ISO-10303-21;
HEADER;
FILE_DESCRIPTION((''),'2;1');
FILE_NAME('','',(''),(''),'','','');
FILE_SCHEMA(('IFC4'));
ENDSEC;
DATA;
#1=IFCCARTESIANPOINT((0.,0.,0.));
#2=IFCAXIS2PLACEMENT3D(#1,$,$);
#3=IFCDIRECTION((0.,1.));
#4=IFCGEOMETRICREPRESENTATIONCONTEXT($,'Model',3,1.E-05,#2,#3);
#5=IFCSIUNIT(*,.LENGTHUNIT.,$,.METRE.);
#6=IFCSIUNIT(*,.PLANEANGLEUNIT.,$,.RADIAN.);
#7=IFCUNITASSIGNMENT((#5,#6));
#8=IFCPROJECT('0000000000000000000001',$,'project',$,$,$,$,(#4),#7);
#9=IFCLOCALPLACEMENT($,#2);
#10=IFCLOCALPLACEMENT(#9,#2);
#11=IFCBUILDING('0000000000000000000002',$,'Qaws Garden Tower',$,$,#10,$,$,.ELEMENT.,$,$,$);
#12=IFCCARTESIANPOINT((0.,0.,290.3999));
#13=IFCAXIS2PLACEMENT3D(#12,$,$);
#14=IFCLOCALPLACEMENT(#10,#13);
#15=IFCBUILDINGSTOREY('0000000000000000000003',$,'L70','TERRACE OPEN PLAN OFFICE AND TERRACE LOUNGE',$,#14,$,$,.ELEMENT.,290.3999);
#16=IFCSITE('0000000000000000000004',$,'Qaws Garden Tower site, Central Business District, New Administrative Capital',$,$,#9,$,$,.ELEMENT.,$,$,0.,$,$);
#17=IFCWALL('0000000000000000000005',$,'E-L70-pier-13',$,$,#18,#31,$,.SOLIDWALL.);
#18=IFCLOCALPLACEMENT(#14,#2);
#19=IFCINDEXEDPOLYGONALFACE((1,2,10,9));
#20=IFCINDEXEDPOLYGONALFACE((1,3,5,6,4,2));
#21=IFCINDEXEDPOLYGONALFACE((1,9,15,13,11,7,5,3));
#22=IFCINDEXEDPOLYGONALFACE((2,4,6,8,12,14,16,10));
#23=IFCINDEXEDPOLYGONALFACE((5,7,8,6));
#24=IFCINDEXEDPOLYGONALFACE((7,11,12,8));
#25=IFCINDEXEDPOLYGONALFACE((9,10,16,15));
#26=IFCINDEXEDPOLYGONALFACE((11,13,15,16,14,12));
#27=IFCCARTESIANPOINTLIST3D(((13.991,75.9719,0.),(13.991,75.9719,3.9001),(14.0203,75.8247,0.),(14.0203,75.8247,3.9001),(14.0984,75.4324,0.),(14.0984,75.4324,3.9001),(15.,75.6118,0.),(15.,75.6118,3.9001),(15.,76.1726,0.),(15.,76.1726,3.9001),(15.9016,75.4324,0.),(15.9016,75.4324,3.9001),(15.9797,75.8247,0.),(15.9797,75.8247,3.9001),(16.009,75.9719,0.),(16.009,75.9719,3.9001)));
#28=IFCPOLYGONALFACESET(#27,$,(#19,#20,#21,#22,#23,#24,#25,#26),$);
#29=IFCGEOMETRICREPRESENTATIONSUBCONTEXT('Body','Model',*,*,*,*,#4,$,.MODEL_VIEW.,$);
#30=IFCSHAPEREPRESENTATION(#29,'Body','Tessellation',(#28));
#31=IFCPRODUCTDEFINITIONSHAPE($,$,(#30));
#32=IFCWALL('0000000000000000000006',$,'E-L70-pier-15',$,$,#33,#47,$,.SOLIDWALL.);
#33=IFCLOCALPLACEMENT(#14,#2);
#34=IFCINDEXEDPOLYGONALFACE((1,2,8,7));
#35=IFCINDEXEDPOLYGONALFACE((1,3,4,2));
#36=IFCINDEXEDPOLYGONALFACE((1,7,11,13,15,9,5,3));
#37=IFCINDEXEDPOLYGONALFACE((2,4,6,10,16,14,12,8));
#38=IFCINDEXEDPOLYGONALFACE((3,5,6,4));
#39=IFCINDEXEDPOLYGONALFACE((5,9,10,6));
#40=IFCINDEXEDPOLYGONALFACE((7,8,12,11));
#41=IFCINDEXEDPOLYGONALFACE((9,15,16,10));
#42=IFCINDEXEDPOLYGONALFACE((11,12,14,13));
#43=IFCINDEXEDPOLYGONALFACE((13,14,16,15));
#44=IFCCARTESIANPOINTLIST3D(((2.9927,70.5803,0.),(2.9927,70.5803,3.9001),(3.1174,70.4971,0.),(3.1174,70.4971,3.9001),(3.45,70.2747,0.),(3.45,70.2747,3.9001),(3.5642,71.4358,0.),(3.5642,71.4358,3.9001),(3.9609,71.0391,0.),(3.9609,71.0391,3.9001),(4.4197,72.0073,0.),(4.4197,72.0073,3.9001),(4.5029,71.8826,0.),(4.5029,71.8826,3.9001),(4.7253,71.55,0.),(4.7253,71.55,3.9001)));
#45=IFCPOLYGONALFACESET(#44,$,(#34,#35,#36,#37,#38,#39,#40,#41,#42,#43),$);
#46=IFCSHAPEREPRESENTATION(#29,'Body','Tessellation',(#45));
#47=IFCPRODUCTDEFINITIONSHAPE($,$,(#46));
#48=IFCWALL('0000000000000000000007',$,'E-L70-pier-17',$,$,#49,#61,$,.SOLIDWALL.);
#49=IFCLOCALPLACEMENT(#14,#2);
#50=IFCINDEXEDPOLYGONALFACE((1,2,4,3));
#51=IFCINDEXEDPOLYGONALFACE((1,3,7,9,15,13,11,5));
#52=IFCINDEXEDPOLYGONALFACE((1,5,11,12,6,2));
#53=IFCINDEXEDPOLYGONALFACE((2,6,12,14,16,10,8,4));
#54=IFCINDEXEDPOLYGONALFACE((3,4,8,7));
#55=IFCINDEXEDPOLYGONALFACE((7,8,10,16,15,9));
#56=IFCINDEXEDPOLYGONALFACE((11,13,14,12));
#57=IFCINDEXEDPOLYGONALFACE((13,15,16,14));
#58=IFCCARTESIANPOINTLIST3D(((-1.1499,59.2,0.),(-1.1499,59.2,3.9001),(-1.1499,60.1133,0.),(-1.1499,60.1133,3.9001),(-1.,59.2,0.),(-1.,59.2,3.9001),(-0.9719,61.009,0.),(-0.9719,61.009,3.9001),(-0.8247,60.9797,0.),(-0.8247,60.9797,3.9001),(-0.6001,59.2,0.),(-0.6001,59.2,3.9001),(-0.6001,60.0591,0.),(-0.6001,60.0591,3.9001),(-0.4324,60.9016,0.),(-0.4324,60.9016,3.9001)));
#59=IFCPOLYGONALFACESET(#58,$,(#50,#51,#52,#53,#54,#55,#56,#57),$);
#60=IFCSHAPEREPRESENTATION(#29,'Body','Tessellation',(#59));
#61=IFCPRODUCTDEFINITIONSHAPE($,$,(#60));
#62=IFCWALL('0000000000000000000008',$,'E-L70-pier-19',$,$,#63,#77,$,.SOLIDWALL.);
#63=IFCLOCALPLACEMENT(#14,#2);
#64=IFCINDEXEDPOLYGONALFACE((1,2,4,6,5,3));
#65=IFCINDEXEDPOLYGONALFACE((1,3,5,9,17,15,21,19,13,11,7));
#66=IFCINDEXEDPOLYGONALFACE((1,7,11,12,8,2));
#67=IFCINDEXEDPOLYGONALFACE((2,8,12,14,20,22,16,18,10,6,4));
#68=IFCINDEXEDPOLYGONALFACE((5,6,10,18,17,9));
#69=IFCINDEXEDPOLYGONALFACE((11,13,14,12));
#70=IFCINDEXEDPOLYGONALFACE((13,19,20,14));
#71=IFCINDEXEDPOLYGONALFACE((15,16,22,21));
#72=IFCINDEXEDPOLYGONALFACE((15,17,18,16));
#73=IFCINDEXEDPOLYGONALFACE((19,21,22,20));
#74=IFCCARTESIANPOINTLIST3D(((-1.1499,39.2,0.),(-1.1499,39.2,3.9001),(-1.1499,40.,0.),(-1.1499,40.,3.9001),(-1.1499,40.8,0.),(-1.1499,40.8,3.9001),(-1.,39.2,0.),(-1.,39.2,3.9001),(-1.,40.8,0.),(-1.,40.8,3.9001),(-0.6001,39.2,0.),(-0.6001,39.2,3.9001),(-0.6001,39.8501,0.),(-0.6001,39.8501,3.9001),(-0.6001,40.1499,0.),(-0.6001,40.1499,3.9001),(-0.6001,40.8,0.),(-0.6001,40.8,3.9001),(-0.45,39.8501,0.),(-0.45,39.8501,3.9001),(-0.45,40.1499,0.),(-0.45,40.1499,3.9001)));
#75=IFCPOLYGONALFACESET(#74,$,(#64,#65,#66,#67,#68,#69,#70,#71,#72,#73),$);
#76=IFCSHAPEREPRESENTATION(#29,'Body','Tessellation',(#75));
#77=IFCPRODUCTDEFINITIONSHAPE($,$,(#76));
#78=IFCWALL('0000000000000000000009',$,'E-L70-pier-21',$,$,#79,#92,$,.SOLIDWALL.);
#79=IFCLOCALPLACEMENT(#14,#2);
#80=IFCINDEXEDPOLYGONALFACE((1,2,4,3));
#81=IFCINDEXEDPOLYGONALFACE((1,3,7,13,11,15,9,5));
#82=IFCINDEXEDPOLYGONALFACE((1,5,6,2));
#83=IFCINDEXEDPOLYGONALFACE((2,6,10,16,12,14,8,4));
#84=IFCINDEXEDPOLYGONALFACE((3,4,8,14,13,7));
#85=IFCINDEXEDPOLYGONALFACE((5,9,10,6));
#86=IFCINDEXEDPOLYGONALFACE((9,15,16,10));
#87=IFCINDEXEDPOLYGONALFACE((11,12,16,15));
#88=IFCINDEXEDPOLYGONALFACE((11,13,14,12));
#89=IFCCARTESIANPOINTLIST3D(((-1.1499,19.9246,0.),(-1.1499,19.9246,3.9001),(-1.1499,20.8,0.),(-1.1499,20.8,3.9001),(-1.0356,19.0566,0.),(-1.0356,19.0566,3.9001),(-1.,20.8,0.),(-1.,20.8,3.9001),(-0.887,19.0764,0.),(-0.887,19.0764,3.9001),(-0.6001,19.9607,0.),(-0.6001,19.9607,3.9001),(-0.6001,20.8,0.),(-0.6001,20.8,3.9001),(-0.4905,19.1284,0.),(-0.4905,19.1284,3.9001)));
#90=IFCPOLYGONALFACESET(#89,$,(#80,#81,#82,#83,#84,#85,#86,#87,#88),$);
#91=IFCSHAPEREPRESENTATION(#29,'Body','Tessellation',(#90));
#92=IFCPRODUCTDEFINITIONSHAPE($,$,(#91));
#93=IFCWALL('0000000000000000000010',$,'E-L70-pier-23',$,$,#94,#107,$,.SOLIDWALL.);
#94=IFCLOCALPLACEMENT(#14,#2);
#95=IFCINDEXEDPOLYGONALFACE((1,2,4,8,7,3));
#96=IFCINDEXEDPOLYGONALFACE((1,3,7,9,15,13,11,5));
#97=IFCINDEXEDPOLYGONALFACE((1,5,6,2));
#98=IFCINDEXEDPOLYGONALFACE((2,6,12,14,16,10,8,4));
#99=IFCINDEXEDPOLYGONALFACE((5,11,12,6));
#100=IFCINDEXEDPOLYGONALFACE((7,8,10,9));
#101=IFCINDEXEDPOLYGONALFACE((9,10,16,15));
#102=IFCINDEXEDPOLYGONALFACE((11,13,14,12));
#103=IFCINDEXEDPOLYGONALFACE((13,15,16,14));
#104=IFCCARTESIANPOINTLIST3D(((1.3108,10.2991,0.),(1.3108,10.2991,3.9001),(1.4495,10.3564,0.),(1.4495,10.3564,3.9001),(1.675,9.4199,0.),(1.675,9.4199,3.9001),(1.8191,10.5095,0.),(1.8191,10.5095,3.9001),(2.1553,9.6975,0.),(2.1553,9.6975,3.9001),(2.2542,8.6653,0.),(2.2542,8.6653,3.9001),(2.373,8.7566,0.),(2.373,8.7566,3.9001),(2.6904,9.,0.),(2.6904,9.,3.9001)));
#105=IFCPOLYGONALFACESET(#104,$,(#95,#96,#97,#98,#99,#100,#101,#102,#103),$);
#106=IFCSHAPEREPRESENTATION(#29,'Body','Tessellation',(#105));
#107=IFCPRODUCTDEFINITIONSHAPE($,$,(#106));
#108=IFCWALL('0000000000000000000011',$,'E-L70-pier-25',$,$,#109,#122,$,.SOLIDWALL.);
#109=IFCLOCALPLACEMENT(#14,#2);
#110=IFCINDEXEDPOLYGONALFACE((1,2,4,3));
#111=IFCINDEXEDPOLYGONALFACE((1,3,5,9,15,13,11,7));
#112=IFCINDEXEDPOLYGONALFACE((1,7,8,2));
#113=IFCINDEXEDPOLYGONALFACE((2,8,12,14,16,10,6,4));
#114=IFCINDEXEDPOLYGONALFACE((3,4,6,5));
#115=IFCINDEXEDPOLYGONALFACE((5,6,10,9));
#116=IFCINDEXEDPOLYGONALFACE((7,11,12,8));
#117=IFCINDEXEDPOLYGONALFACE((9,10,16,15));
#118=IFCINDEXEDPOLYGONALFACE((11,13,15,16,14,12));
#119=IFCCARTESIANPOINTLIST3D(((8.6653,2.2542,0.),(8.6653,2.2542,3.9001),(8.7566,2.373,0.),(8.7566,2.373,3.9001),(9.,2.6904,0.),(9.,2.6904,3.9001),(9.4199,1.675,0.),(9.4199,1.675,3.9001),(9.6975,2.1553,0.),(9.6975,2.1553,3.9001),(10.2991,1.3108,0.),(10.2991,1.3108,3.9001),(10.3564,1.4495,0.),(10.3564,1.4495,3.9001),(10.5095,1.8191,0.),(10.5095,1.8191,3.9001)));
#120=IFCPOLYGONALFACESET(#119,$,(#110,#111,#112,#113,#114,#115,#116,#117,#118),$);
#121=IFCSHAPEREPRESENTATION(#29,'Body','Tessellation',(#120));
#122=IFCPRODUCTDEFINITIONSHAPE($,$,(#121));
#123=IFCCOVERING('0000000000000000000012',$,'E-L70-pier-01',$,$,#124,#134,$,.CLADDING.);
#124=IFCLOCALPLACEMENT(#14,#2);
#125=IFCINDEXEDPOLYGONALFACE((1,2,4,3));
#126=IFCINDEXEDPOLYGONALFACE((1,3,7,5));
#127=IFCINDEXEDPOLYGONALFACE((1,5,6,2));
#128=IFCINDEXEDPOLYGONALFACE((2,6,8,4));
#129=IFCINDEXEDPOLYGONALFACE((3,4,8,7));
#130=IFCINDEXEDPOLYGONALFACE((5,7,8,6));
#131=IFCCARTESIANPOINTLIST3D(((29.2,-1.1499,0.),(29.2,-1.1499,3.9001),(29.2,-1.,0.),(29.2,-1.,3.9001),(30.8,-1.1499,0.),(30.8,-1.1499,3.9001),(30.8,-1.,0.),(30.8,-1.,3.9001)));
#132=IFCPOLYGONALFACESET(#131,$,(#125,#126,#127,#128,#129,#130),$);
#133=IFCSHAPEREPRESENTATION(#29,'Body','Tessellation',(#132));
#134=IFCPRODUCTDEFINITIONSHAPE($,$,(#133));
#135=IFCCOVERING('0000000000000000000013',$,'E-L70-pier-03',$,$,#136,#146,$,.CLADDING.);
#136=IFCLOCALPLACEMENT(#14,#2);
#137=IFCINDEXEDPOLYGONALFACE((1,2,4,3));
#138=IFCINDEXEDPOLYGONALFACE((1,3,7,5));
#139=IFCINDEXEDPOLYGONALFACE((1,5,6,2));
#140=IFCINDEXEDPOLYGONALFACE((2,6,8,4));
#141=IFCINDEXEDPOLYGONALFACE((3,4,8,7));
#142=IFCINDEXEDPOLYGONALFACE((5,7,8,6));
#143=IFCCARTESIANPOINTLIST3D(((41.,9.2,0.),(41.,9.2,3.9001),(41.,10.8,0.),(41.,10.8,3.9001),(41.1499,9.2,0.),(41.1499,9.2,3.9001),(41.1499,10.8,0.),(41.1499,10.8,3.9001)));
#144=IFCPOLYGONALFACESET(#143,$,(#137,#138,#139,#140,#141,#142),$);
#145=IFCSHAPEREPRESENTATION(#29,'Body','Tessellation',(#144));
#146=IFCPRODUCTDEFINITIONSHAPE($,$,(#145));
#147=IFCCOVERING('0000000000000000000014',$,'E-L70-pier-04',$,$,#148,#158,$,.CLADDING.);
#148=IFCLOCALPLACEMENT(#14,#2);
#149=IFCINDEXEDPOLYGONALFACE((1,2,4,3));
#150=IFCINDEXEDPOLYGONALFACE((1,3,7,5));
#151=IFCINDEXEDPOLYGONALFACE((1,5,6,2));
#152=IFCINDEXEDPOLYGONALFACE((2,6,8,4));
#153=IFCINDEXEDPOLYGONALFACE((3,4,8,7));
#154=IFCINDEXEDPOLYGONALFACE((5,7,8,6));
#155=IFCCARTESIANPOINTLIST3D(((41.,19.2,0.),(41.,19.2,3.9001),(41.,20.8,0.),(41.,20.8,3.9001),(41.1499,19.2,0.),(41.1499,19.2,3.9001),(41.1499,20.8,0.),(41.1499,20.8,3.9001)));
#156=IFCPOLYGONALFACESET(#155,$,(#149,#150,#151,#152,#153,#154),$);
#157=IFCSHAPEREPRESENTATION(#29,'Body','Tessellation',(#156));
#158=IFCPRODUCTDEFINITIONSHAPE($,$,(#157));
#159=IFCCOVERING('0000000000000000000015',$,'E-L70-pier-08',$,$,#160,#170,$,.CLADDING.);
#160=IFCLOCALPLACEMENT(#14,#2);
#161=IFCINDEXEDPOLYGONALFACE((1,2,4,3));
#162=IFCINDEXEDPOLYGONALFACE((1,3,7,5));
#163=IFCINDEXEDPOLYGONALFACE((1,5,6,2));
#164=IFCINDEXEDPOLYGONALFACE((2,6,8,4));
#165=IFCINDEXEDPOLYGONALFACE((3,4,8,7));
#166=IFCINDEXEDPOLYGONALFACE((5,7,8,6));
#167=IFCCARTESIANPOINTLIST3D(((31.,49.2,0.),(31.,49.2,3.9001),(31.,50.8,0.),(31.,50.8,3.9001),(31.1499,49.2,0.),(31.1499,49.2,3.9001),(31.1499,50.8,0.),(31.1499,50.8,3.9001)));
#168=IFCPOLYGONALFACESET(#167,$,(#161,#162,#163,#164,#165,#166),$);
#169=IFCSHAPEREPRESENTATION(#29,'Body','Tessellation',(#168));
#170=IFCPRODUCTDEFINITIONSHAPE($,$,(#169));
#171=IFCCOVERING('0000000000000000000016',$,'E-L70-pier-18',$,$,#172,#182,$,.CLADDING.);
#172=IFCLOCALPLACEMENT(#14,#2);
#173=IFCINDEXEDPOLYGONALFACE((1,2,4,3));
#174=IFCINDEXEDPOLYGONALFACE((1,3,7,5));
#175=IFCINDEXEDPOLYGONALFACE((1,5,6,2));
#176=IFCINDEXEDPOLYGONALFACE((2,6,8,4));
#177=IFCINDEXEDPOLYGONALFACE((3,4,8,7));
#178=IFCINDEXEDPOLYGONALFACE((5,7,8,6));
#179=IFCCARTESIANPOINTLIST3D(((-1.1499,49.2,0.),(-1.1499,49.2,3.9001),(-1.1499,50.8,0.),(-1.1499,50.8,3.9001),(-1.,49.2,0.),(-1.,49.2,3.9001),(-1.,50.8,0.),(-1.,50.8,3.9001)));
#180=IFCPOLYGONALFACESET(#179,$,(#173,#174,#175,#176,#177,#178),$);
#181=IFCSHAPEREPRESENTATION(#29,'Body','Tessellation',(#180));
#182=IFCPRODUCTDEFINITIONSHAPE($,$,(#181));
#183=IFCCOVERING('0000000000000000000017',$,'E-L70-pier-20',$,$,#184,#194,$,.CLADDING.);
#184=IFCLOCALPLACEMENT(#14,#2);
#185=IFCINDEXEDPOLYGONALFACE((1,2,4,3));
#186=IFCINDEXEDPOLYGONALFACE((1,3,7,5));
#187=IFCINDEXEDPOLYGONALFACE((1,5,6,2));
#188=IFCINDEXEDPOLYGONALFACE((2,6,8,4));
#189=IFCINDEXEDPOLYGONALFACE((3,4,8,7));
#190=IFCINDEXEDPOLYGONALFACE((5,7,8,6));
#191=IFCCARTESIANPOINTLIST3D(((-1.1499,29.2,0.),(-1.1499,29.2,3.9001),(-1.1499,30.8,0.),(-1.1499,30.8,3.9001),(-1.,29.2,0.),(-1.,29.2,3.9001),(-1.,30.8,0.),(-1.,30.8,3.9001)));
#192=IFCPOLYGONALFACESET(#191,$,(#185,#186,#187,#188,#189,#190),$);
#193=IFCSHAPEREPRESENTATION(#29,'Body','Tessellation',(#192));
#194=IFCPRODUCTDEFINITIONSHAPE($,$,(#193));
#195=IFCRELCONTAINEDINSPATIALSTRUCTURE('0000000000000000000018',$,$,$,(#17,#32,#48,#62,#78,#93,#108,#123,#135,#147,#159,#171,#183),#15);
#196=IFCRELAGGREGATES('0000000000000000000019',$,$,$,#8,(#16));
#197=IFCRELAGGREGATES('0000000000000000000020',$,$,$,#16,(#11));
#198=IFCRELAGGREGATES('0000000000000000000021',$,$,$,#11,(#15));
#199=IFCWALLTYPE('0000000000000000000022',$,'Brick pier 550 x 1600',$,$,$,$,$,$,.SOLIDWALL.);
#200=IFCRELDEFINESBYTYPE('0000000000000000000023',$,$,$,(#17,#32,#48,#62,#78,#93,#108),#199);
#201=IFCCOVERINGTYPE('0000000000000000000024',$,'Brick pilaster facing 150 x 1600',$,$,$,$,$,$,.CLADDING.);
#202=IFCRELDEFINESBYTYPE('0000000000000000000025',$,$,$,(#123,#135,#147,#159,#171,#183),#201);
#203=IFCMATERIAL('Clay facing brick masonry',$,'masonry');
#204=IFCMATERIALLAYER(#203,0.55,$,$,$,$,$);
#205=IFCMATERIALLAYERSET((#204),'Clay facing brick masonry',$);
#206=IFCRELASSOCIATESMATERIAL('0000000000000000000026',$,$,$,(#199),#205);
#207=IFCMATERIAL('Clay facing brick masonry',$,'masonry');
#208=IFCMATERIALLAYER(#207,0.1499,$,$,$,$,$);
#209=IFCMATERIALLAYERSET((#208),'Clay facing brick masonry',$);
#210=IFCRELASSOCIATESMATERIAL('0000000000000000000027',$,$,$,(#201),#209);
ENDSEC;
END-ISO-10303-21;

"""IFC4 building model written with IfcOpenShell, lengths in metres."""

from ifc_helpers import new_model, si_unit, direction, frame, origin, place, context, subcontext, project, spatial, polyline, outline, extrude, material, layer, layer_set, type_object, element, save


model = new_model("IFC4")

# Units and contexts
model_context = context("Model", 3, precision=1e-05, world=origin(), true_north=direction((0.0, 1.0)))
body_context = subcontext(model_context, "Body", "Model", "MODEL_VIEW")
ifc_project = project(units=[si_unit("LENGTHUNIT", "METRE"), si_unit("PLANEANGLEUNIT", "RADIAN")], contexts=[model_context])

# Site, building, storey
site_placement = place(None, origin())
site = spatial("IfcSite", under=ifc_project, at=site_placement, Name="Qaws Garden Tower site, Central Business District, New Administrative Capital", CompositionType="ELEMENT", RefElevation=0.0)
building_placement = place(site_placement, origin())
building = spatial("IfcBuilding", under=site, at=building_placement, Name="Qaws Garden Tower", CompositionType="ELEMENT")
storey_placement = place(building_placement, frame((0.0, 0.0, 290.3999)))
storey = spatial("IfcBuildingStorey", under=building, at=storey_placement, Name="L70", Description="TERRACE OPEN PLAN OFFICE AND TERRACE LOUNGE", CompositionType="ELEMENT", Elevation=290.3999)

# Walls
placement = place(storey_placement, origin())
ifc_material_1 = material(Name="Clay facing brick masonry", Category="masonry")
ifc_layer_1 = layer(ifc_material_1, 0.55)
ifc_layer_set_1 = layer_set([ifc_layer_1], Name="Clay facing brick masonry")
wall_type_1 = type_object("IfcWallType", Name="Brick pier 550 x 1600", PredefinedType="SOLIDWALL", material=ifc_layer_set_1)
element("IfcWall", 1, at=placement, inside=storey, type_object=wall_type_1, Name="E-L70-pier-13", PredefinedType="SOLIDWALL", context=body_context, shape_type="SweptSolid", body=[
    extrude(outline(polyline([(15.9797, 75.8247), (16.009, 75.9719), (15.0, 76.1726), (13.991, 75.9719), (14.0203, 75.8247), (14.0984, 75.4324), (15.0, 75.6118), (15.9016, 75.4324), (15.9797, 75.8247)])), origin(), (0.0, 0.0, 1.0), 3.9001),
])
element("IfcWall", 2, at=placement, inside=storey, type_object=wall_type_1, Name="E-L70-pier-15", PredefinedType="SOLIDWALL", context=body_context, shape_type="SweptSolid", body=[
    extrude(outline(polyline([(4.5029, 71.8826), (4.4197, 72.0073), (3.5642, 71.4358), (2.9927, 70.5803), (3.1174, 70.4971), (3.45, 70.2747), (3.9609, 71.0391), (4.7253, 71.55), (4.5029, 71.8826)])), origin(), (0.0, 0.0, 1.0), 3.9001),
])
element("IfcWall", 3, at=placement, inside=storey, type_object=wall_type_1, Name="E-L70-pier-17", PredefinedType="SOLIDWALL", context=body_context, shape_type="SweptSolid", body=[
    extrude(outline(polyline([(-0.8247, 60.9797), (-0.9719, 61.009), (-1.1499, 60.1133), (-1.1499, 59.2), (-1.0, 59.2), (-0.6001, 59.2), (-0.6001, 60.0591), (-0.4324, 60.9016), (-0.8247, 60.9797)])), origin(), (0.0, 0.0, 1.0), 3.9001),
])
element("IfcWall", 4, at=placement, inside=storey, type_object=wall_type_1, Name="E-L70-pier-19", PredefinedType="SOLIDWALL", context=body_context, shape_type="SweptSolid", body=[
    extrude(outline(polyline([(-0.6001, 39.2), (-0.6001, 39.8501), (-0.45, 39.8501), (-0.45, 40.1499), (-0.6001, 40.1499), (-0.6001, 40.8), (-1.0, 40.8), (-1.1499, 40.8), (-1.1499, 40.0), (-1.1499, 39.2), (-1.0, 39.2), (-0.6001, 39.2)])), origin(), (0.0, 0.0, 1.0), 3.9001),
])
element("IfcWall", 5, at=placement, inside=storey, type_object=wall_type_1, Name="E-L70-pier-21", PredefinedType="SOLIDWALL", context=body_context, shape_type="SweptSolid", body=[
    extrude(outline(polyline([(-1.0, 20.8), (-1.1499, 20.8), (-1.1499, 19.9246), (-1.0356, 19.0566), (-0.887, 19.0764), (-0.4905, 19.1284), (-0.6001, 19.9607), (-0.6001, 20.8), (-1.0, 20.8)])), origin(), (0.0, 0.0, 1.0), 3.9001),
])
element("IfcWall", 6, at=placement, inside=storey, type_object=wall_type_1, Name="E-L70-pier-23", PredefinedType="SOLIDWALL", context=body_context, shape_type="SweptSolid", body=[
    extrude(outline(polyline([(1.4495, 10.3564), (1.3108, 10.2991), (1.675, 9.4199), (2.2542, 8.6653), (2.373, 8.7566), (2.6904, 9.0), (2.1553, 9.6975), (1.8191, 10.5095), (1.4495, 10.3564)])), origin(), (0.0, 0.0, 1.0), 3.9001),
])
element("IfcWall", 7, at=placement, inside=storey, type_object=wall_type_1, Name="E-L70-pier-25", PredefinedType="SOLIDWALL", context=body_context, shape_type="SweptSolid", body=[
    extrude(outline(polyline([(8.7566, 2.373), (8.6653, 2.2542), (9.4199, 1.675), (10.2991, 1.3108), (10.3564, 1.4495), (10.5095, 1.8191), (9.6975, 2.1553), (9.0, 2.6904), (8.7566, 2.373)])), origin(), (0.0, 0.0, 1.0), 3.9001),
])

# Coverings
ifc_material_2 = material(Name="Clay facing brick masonry", Category="masonry")
ifc_layer_2 = layer(ifc_material_2, 0.1499)
ifc_layer_set_2 = layer_set([ifc_layer_2], Name="Clay facing brick masonry")
covering_type = type_object("IfcCoveringType", Name="Brick pilaster facing 150 x 1600", PredefinedType="CLADDING", material=ifc_layer_set_2)
element("IfcCovering", 8, at=placement, inside=storey, type_object=covering_type, Name="E-L70-pier-01", PredefinedType="CLADDING", context=body_context, shape_type="SweptSolid", body=[
    extrude(outline(polyline([(29.2, -1.0), (30.8, -1.0), (30.8, -1.1499), (29.2, -1.1499), (29.2, -1.0)])), origin(), (0.0, 0.0, 1.0), 3.9001),
])
element("IfcCovering", 9, at=placement, inside=storey, type_object=covering_type, Name="E-L70-pier-03", PredefinedType="CLADDING", context=body_context, shape_type="SweptSolid", body=[
    extrude(outline(polyline([(41.0, 9.2), (41.0, 10.8), (41.1499, 10.8), (41.1499, 9.2), (41.0, 9.2)])), origin(), (0.0, 0.0, 1.0), 3.9001),
])
element("IfcCovering", 10, at=placement, inside=storey, type_object=covering_type, Name="E-L70-pier-04", PredefinedType="CLADDING", context=body_context, shape_type="SweptSolid", body=[
    extrude(outline(polyline([(41.0, 19.2), (41.0, 20.8), (41.1499, 20.8), (41.1499, 19.2), (41.0, 19.2)])), origin(), (0.0, 0.0, 1.0), 3.9001),
])
element("IfcCovering", 11, at=placement, inside=storey, type_object=covering_type, Name="E-L70-pier-08", PredefinedType="CLADDING", context=body_context, shape_type="SweptSolid", body=[
    extrude(outline(polyline([(31.0, 49.2), (31.0, 50.8), (31.1499, 50.8), (31.1499, 49.2), (31.0, 49.2)])), origin(), (0.0, 0.0, 1.0), 3.9001),
])
element("IfcCovering", 12, at=placement, inside=storey, type_object=covering_type, Name="E-L70-pier-18", PredefinedType="CLADDING", context=body_context, shape_type="SweptSolid", body=[
    extrude(outline(polyline([(-1.0, 50.8), (-1.0, 49.2), (-1.1499, 49.2), (-1.1499, 50.8), (-1.0, 50.8)])), origin(), (0.0, 0.0, 1.0), 3.9001),
])
element("IfcCovering", 13, at=placement, inside=storey, type_object=covering_type, Name="E-L70-pier-20", PredefinedType="CLADDING", context=body_context, shape_type="SweptSolid", body=[
    extrude(outline(polyline([(-1.0, 30.8), (-1.0, 29.2), (-1.1499, 29.2), (-1.1499, 30.8), (-1.0, 30.8)])), origin(), (0.0, 0.0, 1.0), 3.9001),
])

save(model, "model.ifc")
